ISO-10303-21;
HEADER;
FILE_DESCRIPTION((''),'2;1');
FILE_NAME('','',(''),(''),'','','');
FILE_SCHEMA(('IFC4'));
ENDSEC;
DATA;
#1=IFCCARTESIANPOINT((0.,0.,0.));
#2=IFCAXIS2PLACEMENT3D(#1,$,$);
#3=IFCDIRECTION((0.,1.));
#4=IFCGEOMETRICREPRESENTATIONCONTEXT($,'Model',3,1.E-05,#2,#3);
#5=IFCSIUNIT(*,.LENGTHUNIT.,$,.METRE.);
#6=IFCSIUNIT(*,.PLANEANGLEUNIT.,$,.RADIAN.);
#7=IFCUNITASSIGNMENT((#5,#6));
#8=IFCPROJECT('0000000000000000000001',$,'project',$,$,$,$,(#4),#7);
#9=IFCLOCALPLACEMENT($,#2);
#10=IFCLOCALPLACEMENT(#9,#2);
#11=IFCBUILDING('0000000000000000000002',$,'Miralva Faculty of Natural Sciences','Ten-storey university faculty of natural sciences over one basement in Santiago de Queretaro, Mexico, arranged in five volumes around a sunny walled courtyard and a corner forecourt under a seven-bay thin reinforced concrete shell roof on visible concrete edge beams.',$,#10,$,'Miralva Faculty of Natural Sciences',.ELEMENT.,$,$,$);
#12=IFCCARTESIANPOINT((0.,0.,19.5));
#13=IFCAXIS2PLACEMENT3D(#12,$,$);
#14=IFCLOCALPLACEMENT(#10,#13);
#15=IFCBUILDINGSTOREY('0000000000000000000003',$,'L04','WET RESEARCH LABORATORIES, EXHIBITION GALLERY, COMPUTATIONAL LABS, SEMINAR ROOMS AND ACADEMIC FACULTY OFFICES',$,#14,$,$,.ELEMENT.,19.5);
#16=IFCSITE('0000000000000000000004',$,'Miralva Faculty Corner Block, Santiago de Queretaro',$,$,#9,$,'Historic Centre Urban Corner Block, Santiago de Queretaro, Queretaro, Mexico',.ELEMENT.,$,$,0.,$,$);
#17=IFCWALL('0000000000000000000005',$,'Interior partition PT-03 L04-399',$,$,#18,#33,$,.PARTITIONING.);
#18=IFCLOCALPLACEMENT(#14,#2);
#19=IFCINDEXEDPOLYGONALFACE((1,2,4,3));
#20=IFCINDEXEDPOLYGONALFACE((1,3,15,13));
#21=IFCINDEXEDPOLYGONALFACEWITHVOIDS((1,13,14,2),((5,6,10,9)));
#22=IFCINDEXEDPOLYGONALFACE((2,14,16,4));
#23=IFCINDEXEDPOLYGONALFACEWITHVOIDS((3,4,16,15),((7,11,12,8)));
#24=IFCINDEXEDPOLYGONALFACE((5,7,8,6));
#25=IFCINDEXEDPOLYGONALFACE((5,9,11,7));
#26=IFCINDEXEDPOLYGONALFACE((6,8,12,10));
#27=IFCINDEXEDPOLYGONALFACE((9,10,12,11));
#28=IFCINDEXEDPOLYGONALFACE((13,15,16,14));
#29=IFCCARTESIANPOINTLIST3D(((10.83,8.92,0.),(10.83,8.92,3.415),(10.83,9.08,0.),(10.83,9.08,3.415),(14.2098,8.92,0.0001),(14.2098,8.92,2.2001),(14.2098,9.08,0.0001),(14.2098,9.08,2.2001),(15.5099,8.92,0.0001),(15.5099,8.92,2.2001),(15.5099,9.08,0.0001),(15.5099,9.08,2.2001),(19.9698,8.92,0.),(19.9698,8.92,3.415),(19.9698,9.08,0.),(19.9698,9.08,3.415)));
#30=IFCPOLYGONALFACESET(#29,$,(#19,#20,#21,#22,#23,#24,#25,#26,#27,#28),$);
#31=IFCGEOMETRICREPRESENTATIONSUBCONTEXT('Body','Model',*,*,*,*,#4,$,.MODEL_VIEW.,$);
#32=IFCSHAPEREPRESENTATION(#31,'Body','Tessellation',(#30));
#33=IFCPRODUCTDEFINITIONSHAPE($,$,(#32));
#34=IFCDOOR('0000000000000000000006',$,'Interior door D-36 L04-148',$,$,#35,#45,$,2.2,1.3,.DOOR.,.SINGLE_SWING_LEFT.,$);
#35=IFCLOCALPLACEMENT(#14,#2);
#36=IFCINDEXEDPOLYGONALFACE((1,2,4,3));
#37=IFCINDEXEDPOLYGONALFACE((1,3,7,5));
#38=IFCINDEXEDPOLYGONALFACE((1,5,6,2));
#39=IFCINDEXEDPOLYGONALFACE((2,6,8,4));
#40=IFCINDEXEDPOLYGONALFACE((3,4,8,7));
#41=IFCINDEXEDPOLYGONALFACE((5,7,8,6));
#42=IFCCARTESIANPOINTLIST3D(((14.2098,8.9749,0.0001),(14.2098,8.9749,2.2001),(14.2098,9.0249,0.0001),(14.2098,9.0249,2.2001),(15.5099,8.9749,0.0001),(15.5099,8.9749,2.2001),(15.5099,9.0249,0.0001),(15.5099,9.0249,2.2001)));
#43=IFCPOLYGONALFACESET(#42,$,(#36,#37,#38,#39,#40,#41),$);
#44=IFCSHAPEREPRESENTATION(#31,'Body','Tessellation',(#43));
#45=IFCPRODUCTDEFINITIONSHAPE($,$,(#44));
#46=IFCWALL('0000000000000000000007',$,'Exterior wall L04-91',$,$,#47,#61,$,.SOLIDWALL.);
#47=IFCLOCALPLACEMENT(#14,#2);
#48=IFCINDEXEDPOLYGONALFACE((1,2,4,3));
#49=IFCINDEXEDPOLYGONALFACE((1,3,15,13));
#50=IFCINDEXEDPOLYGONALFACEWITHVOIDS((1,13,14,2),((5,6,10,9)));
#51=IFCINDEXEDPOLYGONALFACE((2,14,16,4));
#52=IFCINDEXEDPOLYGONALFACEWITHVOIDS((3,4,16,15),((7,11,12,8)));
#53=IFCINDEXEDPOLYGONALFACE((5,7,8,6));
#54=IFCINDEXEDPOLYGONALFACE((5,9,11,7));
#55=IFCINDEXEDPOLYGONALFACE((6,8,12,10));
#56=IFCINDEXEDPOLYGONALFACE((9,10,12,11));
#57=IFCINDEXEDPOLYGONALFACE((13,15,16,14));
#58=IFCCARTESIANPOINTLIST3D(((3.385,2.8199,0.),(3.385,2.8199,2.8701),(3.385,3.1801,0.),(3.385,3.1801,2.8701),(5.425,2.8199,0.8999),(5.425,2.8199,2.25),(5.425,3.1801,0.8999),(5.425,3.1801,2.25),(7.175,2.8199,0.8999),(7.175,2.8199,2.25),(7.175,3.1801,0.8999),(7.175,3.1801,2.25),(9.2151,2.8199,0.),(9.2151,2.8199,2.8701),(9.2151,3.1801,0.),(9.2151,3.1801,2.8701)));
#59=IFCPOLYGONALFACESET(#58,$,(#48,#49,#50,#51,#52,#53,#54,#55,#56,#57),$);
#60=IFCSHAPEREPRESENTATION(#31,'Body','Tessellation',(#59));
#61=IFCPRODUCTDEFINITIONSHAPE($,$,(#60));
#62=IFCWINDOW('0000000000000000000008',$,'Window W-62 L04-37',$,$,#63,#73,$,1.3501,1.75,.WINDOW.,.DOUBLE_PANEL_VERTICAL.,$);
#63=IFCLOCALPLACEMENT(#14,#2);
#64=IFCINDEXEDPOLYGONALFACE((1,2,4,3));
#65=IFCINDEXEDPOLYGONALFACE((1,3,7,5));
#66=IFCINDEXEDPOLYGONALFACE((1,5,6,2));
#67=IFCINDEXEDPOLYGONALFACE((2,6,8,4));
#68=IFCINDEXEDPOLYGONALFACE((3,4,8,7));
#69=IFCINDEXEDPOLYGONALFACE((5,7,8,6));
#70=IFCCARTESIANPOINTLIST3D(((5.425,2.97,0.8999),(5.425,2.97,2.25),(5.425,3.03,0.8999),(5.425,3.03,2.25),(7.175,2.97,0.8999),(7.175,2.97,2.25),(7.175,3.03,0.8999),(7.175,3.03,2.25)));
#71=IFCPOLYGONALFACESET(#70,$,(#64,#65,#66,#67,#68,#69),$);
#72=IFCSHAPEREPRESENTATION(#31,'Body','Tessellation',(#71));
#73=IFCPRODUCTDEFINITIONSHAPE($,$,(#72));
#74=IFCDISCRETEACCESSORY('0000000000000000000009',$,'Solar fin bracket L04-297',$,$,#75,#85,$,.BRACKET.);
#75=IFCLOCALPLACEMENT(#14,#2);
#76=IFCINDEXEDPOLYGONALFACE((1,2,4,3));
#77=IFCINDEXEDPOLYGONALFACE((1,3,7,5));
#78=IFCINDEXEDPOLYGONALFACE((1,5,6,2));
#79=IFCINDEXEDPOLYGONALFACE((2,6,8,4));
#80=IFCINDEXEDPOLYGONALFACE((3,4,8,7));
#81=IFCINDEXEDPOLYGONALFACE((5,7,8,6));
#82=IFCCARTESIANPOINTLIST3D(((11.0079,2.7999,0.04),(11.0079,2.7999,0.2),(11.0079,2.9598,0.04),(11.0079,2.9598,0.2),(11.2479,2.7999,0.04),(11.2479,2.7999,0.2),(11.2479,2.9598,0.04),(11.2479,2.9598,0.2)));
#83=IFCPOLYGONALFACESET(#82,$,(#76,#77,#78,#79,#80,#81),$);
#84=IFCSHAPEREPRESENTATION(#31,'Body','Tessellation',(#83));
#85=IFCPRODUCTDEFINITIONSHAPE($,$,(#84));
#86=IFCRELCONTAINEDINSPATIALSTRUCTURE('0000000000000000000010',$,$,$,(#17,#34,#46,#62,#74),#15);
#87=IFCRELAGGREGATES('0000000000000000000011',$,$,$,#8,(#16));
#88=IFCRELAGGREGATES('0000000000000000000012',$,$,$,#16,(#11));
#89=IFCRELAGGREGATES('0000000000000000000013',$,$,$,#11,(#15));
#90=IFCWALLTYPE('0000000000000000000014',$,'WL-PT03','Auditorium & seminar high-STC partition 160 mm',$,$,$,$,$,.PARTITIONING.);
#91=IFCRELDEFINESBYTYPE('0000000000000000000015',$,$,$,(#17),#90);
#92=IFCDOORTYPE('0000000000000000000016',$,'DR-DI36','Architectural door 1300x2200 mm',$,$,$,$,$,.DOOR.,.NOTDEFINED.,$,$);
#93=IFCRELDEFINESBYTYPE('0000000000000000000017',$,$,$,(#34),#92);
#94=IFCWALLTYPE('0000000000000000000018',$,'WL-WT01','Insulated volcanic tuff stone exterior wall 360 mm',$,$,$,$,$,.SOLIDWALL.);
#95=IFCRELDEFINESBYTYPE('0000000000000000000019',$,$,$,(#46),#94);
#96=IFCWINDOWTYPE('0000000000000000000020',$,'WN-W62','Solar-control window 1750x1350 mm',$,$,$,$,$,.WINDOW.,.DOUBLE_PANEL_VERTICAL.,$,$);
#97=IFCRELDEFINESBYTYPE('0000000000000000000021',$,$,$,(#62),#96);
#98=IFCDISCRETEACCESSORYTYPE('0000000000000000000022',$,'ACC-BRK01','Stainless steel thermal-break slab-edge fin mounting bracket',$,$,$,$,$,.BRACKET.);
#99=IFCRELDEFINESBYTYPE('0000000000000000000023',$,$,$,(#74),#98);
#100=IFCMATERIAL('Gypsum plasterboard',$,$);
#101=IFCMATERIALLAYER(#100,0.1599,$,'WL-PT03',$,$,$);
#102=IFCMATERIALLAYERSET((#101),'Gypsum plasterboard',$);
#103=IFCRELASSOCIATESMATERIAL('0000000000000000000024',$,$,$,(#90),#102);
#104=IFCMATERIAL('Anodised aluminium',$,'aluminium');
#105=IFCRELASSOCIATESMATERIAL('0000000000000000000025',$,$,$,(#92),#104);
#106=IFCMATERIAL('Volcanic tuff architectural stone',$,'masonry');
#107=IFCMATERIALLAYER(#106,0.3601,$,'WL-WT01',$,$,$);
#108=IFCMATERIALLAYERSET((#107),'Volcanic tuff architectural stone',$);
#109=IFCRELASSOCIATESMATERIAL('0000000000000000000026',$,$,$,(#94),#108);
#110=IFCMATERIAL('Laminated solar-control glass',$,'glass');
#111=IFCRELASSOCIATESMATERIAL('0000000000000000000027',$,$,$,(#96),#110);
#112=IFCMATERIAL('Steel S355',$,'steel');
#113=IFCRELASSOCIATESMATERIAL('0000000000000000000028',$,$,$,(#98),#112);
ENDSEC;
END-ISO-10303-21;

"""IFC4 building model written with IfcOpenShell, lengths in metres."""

from ifc_helpers import new_model, si_unit, direction, frame, frame_2d, origin, origin_2d, place, context, subcontext, project, spatial, rectangle, extrude, material, layer, layer_set, type_object, element, fill, save


model = new_model("IFC4")

# Units and contexts
model_context = context("Model", 3, precision=1e-05, world=origin(), true_north=direction((0.0, 1.0)))
body_context = subcontext(model_context, "Body", "Model", "MODEL_VIEW")
ifc_project = project(units=[si_unit("LENGTHUNIT", "METRE"), si_unit("PLANEANGLEUNIT", "RADIAN")], contexts=[model_context])

# Site, building, storey
site_placement = place(None, origin())
site = spatial("IfcSite", under=ifc_project, at=site_placement, Name="Miralva Faculty Corner Block, Santiago de Queretaro", LongName="Historic Centre Urban Corner Block, Santiago de Queretaro, Queretaro, Mexico", CompositionType="ELEMENT", RefElevation=0.0)
building_placement = place(site_placement, origin())
building = spatial("IfcBuilding", under=site, at=building_placement, Name="Miralva Faculty of Natural Sciences", Description="Ten-storey university faculty of natural sciences over one basement in Santiago de Queretaro, Mexico, arranged in five volumes around a sunny walled courtyard and a corner forecourt under a seven-bay thin reinforced concrete shell roof on visible concrete edge beams.", LongName="Miralva Faculty of Natural Sciences", CompositionType="ELEMENT")
storey_placement = place(building_placement, frame((0.0, 0.0, 19.5)))
storey = spatial("IfcBuildingStorey", under=building, at=storey_placement, Name="L04", Description="WET RESEARCH LABORATORIES, EXHIBITION GALLERY, COMPUTATIONAL LABS, SEMINAR ROOMS AND ACADEMIC FACULTY OFFICES", CompositionType="ELEMENT", Elevation=19.5)

# Shared definitions
ifc_material_1 = material(Name="Laminated solar-control glass", Category="glass")
ifc_material_2 = material(Name="Anodised aluminium", Category="aluminium")

# Shared definitions
ifc_material_3 = material(Name="Gypsum plasterboard")
ifc_layer_1 = layer(ifc_material_3, 0.1599, Name="WL-PT03")
ifc_layer_set_1 = layer_set([ifc_layer_1], Name="Gypsum plasterboard")
wall_type_1 = type_object("IfcWallType", Name="WL-PT03", Description="Auditorium & seminar high-STC partition 160 mm", PredefinedType="PARTITIONING", material=ifc_layer_set_1)

# Wall, opening, door
wall_1_placement = place(storey_placement, frame((10.8301, 9.0, 0.0), z_axis=(0.0, 0.0, 1.0), x_axis=(1.0, 0.0, 0.0)))
wall_1 = element("IfcWall", 1, at=wall_1_placement, inside=storey, type_object=wall_type_1, Name="Interior partition PT-03 L04-399", PredefinedType="PARTITIONING", context=body_context, shape_type="SweptSolid", body=[
    extrude(rectangle(XDim=9.1399, YDim=0.1599, at=frame_2d((4.5698, 0.0))), origin(), (0.0, 0.0, 1.0), 3.415),
])
opening_1_placement = place(wall_1_placement, frame((3.3799, 0.0, 0.0)))
opening_1 = element("IfcOpeningElement", 2, at=opening_1_placement, cuts=wall_1, PredefinedType="OPENING", context=body_context, shape_type="SweptSolid", body=[
    extrude(rectangle(XDim=1.3, YDim=2.2, at=frame_2d((0.6499, 1.1001))), frame((0.0, 0.0898, 0.0), z_axis=(0.0, -1.0, 0.0), x_axis=(1.0, 0.0, 0.0)), (0.0, 0.0, 1.0), 0.1799),
])
door_type = type_object("IfcDoorType", Name="DR-DI36", Description="Architectural door 1300x2200 mm", OperationType="NOTDEFINED", PredefinedType="DOOR", material=ifc_material_2)
door_placement = place(opening_1_placement, origin())
door = element("IfcDoor", 3, at=door_placement, inside=storey, type_object=door_type, Name="Interior door D-36 L04-148", OperationType="SINGLE_SWING_LEFT", OverallHeight=2.2, OverallWidth=1.3, PredefinedType="DOOR", context=body_context, shape_type="SweptSolid", body=[
    extrude(rectangle(XDim=1.3, YDim=2.2, at=frame_2d((0.6499, 1.1001))), frame((0.0, 0.0249, 0.0), z_axis=(0.0, -1.0, 0.0), x_axis=(1.0, 0.0, 0.0)), (0.0, 0.0, 1.0), 0.05),
])
fill(opening_1, door)

# Wall, opening, window
ifc_material_4 = material(Name="Volcanic tuff architectural stone", Category="masonry")
ifc_layer_2 = layer(ifc_material_4, 0.3601, Name="WL-WT01")
ifc_layer_set_2 = layer_set([ifc_layer_2], Name="Volcanic tuff architectural stone")
wall_type_2 = type_object("IfcWallType", Name="WL-WT01", Description="Insulated volcanic tuff stone exterior wall 360 mm", PredefinedType="SOLIDWALL", material=ifc_layer_set_2)
wall_2_placement = place(storey_placement, frame((3.385, 3.0, 0.0), z_axis=(0.0, 0.0, 1.0), x_axis=(1.0, 0.0, 0.0)))
wall_2 = element("IfcWall", 4, at=wall_2_placement, inside=storey, type_object=wall_type_2, Name="Exterior wall L04-91", PredefinedType="SOLIDWALL", context=body_context, shape_type="SweptSolid", body=[
    extrude(rectangle(XDim=5.8301, YDim=0.3601, at=frame_2d((2.915, 0.0))), origin(), (0.0, 0.0, 1.0), 2.8701),
])
opening_2_placement = place(wall_2_placement, frame((2.04, 0.0, 0.8999)))
opening_2 = element("IfcOpeningElement", 5, at=opening_2_placement, cuts=wall_2, PredefinedType="OPENING", context=body_context, shape_type="SweptSolid", body=[
    extrude(rectangle(XDim=1.75, YDim=1.3501, at=frame_2d((0.875, 0.675))), frame((0.0, 0.1899, 0.0), z_axis=(0.0, -1.0, 0.0), x_axis=(1.0, 0.0, 0.0)), (0.0, 0.0, 1.0), 0.3801),
])
window_type = type_object("IfcWindowType", Name="WN-W62", Description="Solar-control window 1750x1350 mm", PartitioningType="DOUBLE_PANEL_VERTICAL", PredefinedType="WINDOW", material=ifc_material_1)
window_placement = place(opening_2_placement, frame((1.75, 0.0, 0.0), z_axis=(0.0, 0.0, 1.0), x_axis=(-1.0, 0.0, 0.0)))
window = element("IfcWindow", 6, at=window_placement, inside=storey, type_object=window_type, Name="Window W-62 L04-37", OverallHeight=1.3501, OverallWidth=1.75, PartitioningType="DOUBLE_PANEL_VERTICAL", PredefinedType="WINDOW", context=body_context, shape_type="SweptSolid", body=[
    extrude(rectangle(XDim=1.75, YDim=1.3501, at=frame_2d((0.875, 0.675))), frame((0.0, 0.03, 0.0), z_axis=(0.0, -1.0, 0.0), x_axis=(1.0, 0.0, 0.0)), (0.0, 0.0, 1.0), 0.0601),
])
fill(opening_2, window)

# Discrete accessory
ifc_material_5 = material(Name="Steel S355", Category="steel")
discrete_accessory_type = type_object("IfcDiscreteAccessoryType", Name="ACC-BRK01", Description="Stainless steel thermal-break slab-edge fin mounting bracket", PredefinedType="BRACKET", material=ifc_material_5)
discrete_accessory_placement = place(storey_placement, frame((11.1279, 2.8799, 0.04), z_axis=(0.0, 0.0, 1.0), x_axis=(0.0, -1.0, 0.0)))
element("IfcDiscreteAccessory", 7, at=discrete_accessory_placement, inside=storey, type_object=discrete_accessory_type, Name="Solar fin bracket L04-297", PredefinedType="BRACKET", context=body_context, shape_type="SweptSolid", body=[
    extrude(rectangle(XDim=0.1599, YDim=0.24, at=origin_2d()), origin(), (0.0, 0.0, 1.0), 0.1599),
])

save(model, "model.ifc")
